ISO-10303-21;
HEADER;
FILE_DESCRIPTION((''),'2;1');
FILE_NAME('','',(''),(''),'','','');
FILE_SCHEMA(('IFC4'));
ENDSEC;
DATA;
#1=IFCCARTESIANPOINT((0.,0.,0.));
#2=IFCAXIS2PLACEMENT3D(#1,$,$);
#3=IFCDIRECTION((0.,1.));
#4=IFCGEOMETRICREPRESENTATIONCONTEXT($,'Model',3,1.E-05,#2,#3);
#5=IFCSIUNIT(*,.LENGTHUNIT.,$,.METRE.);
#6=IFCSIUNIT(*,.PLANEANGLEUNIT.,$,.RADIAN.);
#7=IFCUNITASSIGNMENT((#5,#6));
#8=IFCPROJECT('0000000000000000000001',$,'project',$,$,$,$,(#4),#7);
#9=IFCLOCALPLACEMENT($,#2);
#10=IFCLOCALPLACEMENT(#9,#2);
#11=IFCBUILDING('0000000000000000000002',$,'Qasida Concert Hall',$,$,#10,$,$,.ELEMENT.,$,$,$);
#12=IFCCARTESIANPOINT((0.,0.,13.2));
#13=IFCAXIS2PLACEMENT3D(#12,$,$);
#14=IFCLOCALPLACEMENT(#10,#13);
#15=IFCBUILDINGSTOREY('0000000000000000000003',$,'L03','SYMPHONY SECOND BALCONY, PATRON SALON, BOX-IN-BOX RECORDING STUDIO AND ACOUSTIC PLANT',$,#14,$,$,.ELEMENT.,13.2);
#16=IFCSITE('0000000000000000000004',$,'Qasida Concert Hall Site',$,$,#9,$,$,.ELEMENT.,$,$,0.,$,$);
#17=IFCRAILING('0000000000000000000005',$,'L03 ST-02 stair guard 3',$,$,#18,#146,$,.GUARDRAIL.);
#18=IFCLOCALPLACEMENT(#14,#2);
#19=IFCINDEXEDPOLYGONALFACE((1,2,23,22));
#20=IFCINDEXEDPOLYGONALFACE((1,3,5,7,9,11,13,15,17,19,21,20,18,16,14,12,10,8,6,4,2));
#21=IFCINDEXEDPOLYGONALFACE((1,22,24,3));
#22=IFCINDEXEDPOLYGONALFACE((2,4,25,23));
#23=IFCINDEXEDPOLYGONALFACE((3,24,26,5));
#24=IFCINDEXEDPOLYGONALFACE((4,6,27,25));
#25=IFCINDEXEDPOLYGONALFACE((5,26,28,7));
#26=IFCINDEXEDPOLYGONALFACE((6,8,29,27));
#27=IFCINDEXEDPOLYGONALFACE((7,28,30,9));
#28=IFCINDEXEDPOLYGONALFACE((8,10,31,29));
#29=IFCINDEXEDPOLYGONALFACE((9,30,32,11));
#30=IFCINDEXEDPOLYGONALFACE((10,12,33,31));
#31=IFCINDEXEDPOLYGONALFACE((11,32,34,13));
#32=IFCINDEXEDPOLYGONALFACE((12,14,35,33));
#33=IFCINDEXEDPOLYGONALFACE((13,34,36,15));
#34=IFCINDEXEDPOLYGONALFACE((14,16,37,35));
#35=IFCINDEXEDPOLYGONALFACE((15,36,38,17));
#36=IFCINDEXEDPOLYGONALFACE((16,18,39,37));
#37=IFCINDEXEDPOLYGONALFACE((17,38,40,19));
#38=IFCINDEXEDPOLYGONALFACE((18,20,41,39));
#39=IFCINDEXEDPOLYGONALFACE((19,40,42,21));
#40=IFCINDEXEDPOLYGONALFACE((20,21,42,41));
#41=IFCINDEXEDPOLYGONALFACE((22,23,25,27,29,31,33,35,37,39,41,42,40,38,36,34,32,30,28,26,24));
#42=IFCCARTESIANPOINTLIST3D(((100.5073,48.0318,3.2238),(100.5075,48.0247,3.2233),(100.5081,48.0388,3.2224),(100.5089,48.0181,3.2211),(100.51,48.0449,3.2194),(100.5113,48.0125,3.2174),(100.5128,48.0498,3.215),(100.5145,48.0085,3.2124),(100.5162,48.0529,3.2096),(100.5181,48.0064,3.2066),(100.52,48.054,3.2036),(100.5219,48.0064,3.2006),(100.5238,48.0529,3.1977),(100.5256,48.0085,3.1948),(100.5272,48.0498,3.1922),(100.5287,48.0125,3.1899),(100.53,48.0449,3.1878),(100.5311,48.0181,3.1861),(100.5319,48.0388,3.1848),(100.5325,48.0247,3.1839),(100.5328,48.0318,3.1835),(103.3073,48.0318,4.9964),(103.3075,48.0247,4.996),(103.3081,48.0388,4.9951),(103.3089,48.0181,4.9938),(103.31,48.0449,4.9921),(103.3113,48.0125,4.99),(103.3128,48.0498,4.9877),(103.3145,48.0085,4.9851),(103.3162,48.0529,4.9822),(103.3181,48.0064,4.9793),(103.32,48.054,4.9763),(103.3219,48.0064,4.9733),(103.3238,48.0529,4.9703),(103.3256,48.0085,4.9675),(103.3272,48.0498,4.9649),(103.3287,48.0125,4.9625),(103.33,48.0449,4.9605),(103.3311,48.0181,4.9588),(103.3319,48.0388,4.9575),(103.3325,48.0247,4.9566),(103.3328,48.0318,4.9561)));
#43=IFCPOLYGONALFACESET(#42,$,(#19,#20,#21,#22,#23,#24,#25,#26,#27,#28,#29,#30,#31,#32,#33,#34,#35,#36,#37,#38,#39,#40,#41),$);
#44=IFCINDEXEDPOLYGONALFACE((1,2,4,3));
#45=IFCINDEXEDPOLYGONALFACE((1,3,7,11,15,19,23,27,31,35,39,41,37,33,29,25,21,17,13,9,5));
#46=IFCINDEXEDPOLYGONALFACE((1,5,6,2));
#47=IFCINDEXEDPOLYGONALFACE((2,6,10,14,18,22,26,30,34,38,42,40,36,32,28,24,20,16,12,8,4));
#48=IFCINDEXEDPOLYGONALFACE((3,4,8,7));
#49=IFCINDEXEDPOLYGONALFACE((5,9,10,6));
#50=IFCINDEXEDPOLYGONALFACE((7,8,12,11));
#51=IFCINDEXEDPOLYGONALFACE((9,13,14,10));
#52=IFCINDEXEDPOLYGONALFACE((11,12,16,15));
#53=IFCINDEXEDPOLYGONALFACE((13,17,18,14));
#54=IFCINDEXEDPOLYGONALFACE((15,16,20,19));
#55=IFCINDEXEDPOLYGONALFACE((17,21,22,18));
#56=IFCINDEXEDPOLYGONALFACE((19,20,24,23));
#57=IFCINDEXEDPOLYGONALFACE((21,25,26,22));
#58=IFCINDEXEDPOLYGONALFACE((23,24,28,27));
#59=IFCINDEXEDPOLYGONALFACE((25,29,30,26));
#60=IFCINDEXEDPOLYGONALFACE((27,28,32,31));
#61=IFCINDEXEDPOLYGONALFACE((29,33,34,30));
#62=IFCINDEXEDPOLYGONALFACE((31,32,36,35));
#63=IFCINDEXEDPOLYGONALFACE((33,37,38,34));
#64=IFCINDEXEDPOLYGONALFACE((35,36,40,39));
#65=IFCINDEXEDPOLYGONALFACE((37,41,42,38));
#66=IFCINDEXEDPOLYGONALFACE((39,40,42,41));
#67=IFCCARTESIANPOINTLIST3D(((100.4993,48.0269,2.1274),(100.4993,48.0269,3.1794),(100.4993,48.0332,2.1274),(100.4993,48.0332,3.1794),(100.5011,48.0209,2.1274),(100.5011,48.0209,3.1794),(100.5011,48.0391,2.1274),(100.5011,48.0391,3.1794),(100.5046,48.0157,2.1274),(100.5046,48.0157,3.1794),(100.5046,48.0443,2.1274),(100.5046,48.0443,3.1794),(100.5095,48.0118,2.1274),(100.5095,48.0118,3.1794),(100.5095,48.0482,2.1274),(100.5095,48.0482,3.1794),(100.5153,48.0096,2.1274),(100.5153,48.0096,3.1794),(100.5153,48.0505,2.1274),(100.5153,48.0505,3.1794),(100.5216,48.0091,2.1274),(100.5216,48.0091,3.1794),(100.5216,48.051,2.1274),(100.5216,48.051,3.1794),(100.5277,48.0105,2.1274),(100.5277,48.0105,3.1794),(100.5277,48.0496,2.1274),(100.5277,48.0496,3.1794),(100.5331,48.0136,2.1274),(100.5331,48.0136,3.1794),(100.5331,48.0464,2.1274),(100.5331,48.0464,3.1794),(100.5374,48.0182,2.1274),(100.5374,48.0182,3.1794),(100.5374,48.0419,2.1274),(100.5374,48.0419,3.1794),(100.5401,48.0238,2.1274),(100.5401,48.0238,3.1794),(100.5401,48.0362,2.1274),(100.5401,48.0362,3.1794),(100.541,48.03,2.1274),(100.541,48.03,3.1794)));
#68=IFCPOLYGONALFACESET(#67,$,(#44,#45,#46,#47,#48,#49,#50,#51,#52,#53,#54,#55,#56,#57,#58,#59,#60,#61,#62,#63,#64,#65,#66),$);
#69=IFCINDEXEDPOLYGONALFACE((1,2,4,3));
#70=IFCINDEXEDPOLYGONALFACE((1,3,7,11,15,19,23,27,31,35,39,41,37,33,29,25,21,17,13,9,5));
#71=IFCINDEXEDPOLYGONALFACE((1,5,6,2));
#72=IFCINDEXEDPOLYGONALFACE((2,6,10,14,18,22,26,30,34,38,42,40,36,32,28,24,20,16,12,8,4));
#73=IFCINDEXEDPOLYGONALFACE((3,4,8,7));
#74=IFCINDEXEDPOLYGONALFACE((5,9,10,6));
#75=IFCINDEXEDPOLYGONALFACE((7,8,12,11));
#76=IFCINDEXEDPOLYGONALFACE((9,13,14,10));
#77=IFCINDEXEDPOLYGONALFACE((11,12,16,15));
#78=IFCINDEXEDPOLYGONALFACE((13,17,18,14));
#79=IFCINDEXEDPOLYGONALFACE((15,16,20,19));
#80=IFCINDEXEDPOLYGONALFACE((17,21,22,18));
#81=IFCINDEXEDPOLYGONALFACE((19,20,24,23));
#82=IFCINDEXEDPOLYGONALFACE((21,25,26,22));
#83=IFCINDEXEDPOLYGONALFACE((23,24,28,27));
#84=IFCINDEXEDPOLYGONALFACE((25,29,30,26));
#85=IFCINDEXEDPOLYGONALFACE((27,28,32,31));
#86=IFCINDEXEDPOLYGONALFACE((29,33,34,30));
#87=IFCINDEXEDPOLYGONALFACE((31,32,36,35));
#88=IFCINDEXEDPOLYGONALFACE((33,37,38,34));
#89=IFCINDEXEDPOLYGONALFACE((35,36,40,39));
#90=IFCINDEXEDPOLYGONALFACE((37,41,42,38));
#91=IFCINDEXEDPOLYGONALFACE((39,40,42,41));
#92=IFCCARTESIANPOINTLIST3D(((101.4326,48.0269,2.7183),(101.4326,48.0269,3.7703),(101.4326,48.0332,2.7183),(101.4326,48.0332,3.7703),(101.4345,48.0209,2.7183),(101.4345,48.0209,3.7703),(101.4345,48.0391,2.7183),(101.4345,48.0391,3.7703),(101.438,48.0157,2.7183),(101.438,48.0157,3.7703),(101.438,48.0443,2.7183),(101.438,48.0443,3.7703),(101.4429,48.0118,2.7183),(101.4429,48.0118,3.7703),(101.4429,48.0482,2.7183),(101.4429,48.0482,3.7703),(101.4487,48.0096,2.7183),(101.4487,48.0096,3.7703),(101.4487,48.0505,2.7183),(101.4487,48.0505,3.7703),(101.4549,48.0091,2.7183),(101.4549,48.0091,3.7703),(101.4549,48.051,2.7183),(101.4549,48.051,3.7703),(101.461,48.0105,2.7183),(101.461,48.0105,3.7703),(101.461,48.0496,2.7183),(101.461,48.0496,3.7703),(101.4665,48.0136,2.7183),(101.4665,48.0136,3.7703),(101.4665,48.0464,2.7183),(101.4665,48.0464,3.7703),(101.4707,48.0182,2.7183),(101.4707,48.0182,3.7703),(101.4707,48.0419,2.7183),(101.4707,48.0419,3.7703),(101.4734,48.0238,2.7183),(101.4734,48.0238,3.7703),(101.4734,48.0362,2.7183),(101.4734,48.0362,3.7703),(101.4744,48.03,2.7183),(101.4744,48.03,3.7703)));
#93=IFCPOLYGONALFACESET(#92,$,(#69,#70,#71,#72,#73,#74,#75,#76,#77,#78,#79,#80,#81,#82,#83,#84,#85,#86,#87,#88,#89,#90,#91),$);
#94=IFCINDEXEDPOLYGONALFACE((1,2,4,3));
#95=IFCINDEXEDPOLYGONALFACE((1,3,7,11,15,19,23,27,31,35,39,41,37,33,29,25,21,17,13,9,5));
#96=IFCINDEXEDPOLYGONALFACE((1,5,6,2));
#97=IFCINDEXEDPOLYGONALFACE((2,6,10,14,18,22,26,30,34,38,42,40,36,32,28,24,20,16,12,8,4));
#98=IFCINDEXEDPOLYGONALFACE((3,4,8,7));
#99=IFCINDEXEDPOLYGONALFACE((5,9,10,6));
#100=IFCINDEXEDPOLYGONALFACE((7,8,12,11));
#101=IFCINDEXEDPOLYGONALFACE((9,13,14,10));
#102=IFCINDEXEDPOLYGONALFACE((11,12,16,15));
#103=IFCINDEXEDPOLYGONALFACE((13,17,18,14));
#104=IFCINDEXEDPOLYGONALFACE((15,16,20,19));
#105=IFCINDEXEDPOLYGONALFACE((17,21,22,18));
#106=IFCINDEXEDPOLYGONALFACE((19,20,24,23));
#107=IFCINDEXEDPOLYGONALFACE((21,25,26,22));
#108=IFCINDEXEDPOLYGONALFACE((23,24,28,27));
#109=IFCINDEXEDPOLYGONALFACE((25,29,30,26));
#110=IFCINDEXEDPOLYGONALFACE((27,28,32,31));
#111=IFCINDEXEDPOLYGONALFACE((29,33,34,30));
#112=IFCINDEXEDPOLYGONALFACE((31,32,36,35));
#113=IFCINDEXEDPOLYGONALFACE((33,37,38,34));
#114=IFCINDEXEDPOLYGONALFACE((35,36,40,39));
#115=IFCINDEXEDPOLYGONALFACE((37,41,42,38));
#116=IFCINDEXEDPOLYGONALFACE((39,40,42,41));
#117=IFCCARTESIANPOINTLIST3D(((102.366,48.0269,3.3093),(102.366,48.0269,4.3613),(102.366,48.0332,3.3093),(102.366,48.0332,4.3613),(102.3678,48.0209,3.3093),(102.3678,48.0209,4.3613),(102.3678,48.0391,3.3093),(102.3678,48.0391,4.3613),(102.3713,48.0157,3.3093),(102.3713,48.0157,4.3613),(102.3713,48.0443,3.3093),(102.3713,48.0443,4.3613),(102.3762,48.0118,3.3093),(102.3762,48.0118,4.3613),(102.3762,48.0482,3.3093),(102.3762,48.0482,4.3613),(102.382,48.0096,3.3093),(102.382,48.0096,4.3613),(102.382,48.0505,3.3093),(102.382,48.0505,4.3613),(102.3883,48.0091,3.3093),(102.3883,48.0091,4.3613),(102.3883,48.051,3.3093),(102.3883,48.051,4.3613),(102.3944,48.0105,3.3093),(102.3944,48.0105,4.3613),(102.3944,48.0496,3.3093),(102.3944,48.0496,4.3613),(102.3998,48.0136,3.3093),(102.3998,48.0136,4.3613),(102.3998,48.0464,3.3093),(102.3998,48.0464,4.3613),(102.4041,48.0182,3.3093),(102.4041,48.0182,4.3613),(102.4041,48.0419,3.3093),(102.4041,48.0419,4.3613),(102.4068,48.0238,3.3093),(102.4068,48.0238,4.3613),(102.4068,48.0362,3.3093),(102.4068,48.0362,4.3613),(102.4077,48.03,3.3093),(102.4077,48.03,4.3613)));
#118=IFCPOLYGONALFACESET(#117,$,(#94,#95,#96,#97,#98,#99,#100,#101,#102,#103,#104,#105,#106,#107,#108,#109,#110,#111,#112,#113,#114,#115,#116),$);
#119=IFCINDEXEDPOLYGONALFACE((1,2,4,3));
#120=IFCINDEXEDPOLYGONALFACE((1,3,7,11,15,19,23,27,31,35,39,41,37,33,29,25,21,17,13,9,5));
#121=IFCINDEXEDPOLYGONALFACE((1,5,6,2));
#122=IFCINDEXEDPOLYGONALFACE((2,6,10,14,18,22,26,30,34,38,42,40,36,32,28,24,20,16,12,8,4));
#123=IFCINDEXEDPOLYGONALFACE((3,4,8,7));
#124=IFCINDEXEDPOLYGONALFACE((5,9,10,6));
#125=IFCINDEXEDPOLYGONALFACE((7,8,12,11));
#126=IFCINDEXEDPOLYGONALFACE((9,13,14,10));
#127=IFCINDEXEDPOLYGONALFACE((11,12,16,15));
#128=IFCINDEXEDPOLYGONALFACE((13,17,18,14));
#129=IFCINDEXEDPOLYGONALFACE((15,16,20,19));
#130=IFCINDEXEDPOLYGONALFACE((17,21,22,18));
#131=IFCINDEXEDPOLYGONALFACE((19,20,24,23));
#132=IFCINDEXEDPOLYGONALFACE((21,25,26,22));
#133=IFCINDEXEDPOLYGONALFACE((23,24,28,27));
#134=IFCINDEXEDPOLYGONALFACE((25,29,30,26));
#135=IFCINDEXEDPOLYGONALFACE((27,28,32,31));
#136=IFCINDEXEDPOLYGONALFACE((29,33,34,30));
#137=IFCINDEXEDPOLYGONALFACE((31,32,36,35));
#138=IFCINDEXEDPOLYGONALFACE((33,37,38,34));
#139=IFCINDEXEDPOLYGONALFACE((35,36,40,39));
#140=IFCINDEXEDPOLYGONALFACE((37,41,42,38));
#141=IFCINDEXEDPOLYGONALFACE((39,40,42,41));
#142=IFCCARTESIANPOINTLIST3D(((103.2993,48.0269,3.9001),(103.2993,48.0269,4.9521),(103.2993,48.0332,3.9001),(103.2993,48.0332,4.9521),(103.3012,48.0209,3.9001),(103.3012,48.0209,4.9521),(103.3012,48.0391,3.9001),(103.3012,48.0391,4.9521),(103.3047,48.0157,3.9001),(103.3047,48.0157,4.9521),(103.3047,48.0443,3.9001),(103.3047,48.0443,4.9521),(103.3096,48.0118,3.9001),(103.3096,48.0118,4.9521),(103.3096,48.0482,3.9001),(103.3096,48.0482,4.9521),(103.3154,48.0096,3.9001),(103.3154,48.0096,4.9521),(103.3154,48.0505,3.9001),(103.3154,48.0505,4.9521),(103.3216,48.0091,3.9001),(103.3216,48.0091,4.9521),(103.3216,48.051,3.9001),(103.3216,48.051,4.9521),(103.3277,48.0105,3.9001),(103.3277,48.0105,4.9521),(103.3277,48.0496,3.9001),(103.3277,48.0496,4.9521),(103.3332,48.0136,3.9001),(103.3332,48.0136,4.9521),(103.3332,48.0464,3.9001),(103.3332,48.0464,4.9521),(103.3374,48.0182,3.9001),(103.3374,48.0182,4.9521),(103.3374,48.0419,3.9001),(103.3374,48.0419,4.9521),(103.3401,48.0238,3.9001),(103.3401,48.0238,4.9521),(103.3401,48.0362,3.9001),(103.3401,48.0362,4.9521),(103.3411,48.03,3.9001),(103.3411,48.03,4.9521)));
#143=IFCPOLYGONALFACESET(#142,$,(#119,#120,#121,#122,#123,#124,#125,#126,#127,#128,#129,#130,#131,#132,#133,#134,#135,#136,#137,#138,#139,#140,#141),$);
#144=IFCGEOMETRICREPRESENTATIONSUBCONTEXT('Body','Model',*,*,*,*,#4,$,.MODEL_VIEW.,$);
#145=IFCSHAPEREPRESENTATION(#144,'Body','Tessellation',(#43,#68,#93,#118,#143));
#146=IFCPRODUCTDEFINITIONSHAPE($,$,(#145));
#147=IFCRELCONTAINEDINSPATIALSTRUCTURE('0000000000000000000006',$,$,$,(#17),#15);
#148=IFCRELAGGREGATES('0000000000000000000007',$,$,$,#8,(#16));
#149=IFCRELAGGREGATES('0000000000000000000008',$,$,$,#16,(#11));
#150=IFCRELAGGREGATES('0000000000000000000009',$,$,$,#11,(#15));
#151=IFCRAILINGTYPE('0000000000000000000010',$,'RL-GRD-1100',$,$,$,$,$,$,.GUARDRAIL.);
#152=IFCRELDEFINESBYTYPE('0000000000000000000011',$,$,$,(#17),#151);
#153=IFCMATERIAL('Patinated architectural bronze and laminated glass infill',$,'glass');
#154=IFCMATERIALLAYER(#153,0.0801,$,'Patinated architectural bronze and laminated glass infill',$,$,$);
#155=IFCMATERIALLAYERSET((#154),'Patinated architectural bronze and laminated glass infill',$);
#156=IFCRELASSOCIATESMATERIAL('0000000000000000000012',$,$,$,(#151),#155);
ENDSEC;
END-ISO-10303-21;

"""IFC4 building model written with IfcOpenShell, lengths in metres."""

from ifc_helpers import new_model, si_unit, direction, frame, origin, origin_2d, place, context, subcontext, project, spatial, circle, extrude, material, layer, layer_set, type_object, element, save


model = new_model("IFC4")

# Units and contexts
model_context = context("Model", 3, precision=1e-05, world=origin(), true_north=direction((0.0, 1.0)))
body_context = subcontext(model_context, "Body", "Model", "MODEL_VIEW")
ifc_project = project(units=[si_unit("LENGTHUNIT", "METRE"), si_unit("PLANEANGLEUNIT", "RADIAN")], contexts=[model_context])

# Site, building, storey
site_placement = place(None, origin())
site = spatial("IfcSite", under=ifc_project, at=site_placement, Name="Qasida Concert Hall Site", CompositionType="ELEMENT", RefElevation=0.0)
building_placement = place(site_placement, origin())
building = spatial("IfcBuilding", under=site, at=building_placement, Name="Qasida Concert Hall", CompositionType="ELEMENT")
storey_placement = place(building_placement, frame((0.0, 0.0, 13.2)))
storey = spatial("IfcBuildingStorey", under=building, at=storey_placement, Name="L03", Description="SYMPHONY SECOND BALCONY, PATRON SALON, BOX-IN-BOX RECORDING STUDIO AND ACOUSTIC PLANT", CompositionType="ELEMENT", Elevation=13.2)

# Railing
ifc_material_1 = material(Name="Patinated architectural bronze and laminated glass infill", Category="glass")
ifc_layer_1 = layer(ifc_material_1, 0.0801, Name="Patinated architectural bronze and laminated glass infill")
ifc_layer_set_1 = layer_set([ifc_layer_1], Name="Patinated architectural bronze and laminated glass infill")
railing_type_1 = type_object("IfcRailingType", Name="RL-GRD-1100", PredefinedType="GUARDRAIL", material=ifc_layer_set_1)
railing_1_placement = place(storey_placement, frame((100.52, 48.03, 2.1274)))
element("IfcRailing", 1, at=railing_1_placement, inside=storey, type_object=railing_type_1, Name="L03 ST-02 stair guard 3", PredefinedType="GUARDRAIL", context=body_context, shape_type="SweptSolid", body=[
    extrude(circle(Radius=0.0239, at=origin_2d()), frame((0.0, 0.0, 1.0762), z_axis=(0.844909, 0.0, 0.53491), x_axis=(0.0, 1.0, 0.0)), (0.0, 0.0, 1.0), 3.314),
    extrude(circle(Radius=0.021, at=origin_2d()), origin(), (0.0, 0.0, 1.0), 1.052),
    extrude(circle(Radius=0.021, at=origin_2d()), frame((0.9333, 0.0, 0.5908)), (0.0, 0.0, 1.0), 1.052),
    extrude(circle(Radius=0.021, at=origin_2d()), frame((1.8667, 0.0, 1.1819)), (0.0, 0.0, 1.0), 1.052),
    extrude(circle(Radius=0.021, at=origin_2d()), frame((2.8, 0.0, 1.7727)), (0.0, 0.0, 1.0), 1.052),
])

save(model, "model.ifc")
